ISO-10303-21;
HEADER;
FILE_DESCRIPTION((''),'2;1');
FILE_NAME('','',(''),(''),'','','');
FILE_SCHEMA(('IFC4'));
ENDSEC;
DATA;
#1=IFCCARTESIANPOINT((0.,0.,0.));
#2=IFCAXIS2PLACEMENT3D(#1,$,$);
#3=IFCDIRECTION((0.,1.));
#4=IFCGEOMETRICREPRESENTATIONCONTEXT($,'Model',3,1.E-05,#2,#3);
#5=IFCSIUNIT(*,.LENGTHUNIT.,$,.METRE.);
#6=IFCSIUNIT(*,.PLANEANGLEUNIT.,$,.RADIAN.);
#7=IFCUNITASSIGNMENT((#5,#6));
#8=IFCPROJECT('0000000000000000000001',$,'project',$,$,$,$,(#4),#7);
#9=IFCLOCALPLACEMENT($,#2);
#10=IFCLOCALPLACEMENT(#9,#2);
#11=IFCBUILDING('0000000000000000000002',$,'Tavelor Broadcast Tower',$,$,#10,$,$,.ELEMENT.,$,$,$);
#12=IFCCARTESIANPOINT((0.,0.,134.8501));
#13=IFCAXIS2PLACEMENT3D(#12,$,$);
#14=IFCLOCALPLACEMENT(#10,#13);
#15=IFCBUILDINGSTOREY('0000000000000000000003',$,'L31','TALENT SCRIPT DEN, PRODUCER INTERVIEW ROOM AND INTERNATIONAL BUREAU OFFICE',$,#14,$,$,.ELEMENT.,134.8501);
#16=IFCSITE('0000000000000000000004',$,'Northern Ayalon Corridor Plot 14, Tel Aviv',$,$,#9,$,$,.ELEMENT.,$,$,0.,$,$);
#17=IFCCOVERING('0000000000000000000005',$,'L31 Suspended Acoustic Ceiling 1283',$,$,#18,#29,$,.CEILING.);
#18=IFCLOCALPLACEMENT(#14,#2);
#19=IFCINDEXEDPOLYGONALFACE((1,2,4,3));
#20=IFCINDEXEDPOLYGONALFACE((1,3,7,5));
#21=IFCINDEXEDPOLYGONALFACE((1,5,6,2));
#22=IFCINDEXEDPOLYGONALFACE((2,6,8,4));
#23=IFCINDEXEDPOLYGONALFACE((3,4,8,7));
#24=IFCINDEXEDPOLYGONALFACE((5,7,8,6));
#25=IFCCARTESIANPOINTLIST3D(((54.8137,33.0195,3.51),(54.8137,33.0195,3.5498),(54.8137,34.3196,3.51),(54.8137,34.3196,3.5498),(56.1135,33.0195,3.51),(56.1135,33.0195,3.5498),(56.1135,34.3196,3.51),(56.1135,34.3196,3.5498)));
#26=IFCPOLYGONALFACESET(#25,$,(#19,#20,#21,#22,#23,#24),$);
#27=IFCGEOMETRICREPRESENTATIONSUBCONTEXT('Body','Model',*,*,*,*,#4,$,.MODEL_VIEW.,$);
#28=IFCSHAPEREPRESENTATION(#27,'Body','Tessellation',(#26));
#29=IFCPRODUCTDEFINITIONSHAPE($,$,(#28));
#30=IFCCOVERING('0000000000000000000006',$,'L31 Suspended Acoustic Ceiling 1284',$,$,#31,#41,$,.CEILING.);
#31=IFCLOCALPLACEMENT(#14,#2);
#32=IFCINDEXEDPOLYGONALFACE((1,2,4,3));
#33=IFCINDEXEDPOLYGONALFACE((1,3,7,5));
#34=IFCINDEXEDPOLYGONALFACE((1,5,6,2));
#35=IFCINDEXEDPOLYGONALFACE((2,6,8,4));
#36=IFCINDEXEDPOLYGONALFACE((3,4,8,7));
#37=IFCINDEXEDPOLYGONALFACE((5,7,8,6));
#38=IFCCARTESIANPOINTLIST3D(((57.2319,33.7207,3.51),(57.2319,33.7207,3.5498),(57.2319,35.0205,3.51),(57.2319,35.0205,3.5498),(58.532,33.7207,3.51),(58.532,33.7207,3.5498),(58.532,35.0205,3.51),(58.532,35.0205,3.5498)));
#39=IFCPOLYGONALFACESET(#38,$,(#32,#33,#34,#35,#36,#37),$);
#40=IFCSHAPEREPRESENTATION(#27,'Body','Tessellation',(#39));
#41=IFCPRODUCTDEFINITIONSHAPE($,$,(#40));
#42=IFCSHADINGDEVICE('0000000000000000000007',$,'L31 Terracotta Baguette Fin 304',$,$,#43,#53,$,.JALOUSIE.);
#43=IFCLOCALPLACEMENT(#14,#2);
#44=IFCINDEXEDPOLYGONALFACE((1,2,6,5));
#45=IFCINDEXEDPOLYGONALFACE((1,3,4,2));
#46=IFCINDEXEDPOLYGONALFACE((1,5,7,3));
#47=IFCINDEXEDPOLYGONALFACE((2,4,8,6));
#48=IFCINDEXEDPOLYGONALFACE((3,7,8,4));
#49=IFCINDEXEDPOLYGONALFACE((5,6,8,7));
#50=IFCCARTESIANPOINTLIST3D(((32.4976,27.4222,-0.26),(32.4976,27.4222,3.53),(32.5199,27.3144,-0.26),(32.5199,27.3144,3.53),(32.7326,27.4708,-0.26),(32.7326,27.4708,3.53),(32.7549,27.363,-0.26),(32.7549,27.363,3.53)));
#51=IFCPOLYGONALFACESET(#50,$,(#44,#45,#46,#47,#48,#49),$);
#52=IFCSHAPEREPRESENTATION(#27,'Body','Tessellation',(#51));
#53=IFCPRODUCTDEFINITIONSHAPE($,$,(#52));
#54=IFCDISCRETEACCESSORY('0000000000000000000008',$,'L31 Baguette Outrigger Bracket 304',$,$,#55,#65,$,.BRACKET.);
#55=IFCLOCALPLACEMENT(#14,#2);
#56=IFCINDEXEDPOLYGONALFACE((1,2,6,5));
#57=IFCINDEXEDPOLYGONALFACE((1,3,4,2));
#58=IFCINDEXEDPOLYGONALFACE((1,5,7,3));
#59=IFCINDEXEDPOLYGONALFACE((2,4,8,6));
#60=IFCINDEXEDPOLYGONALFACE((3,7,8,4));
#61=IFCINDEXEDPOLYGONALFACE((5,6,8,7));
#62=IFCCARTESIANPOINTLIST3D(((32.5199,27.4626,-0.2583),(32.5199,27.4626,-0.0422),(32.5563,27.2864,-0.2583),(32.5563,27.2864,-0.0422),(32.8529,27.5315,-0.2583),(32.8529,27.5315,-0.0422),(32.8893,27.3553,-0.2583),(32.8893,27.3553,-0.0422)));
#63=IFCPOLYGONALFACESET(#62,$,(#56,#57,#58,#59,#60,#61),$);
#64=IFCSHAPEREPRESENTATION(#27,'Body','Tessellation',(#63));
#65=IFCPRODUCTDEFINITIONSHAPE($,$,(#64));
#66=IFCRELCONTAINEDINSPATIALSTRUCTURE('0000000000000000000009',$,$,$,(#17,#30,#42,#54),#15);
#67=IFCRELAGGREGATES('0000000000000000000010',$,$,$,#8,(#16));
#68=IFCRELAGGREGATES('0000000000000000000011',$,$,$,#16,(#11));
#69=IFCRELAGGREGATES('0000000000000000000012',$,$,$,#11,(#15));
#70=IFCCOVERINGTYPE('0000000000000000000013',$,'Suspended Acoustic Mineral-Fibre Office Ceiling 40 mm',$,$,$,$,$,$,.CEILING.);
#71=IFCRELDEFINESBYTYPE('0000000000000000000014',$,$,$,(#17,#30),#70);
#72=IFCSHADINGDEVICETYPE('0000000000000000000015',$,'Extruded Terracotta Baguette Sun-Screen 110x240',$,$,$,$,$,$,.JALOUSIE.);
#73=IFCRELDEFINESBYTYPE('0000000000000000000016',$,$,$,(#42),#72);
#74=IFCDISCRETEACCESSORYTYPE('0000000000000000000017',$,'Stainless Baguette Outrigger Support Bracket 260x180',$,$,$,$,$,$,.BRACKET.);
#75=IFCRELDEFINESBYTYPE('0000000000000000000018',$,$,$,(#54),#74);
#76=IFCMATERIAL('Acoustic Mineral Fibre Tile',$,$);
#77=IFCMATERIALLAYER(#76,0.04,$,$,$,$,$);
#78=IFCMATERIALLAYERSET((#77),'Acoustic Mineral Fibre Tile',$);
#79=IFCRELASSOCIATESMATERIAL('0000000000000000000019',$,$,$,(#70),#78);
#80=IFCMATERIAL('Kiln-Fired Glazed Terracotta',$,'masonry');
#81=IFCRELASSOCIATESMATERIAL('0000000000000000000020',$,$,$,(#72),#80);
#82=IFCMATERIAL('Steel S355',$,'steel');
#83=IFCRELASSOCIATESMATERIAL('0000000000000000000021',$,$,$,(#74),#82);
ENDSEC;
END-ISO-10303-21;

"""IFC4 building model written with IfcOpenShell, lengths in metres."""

from ifc_helpers import new_model, si_unit, direction, frame, origin, origin_2d, place, context, subcontext, project, spatial, polyline, rectangle, outline, extrude, source, transform, mapped, material, layer, layer_set, type_object, type_shapes, element, save


model = new_model("IFC4")

# Units and contexts
model_context = context("Model", 3, precision=1e-05, world=origin(), true_north=direction((0.0, 1.0)))
body_context = subcontext(model_context, "Body", "Model", "MODEL_VIEW")
ifc_project = project(units=[si_unit("LENGTHUNIT", "METRE"), si_unit("PLANEANGLEUNIT", "RADIAN")], contexts=[model_context])

# Site, building, storey
site_placement = place(None, origin())
site = spatial("IfcSite", under=ifc_project, at=site_placement, Name="Northern Ayalon Corridor Plot 14, Tel Aviv", CompositionType="ELEMENT", RefElevation=0.0)
building_placement = place(site_placement, origin())
building = spatial("IfcBuilding", under=site, at=building_placement, Name="Tavelor Broadcast Tower", CompositionType="ELEMENT")
storey_placement = place(building_placement, frame((0.0, 0.0, 134.8501)))
storey = spatial("IfcBuildingStorey", under=building, at=storey_placement, Name="L31", Description="TALENT SCRIPT DEN, PRODUCER INTERVIEW ROOM AND INTERNATIONAL BUREAU OFFICE", CompositionType="ELEMENT", Elevation=134.8501)

# Shared definitions
ifc_material_1 = material(Name="Steel S355", Category="steel")

# Coverings
ifc_material_2 = material(Name="Acoustic Mineral Fibre Tile")
ifc_layer_1 = layer(ifc_material_2, 0.04)
ifc_layer_set_1 = layer_set([ifc_layer_1], Name="Acoustic Mineral Fibre Tile")
covering_type_1 = type_object("IfcCoveringType", Name="Suspended Acoustic Mineral-Fibre Office Ceiling 40 mm", PredefinedType="CEILING", material=ifc_layer_set_1)
covering_1_placement = place(storey_placement, frame((0.0, 0.0, 3.51)))
element("IfcCovering", 1, at=covering_1_placement, inside=storey, type_object=covering_type_1, Name="L31 Suspended Acoustic Ceiling 1283", PredefinedType="CEILING", context=body_context, shape_type="SweptSolid", body=[
    extrude(outline(polyline([(54.8137, 33.0195), (56.1135, 33.0195), (56.1135, 34.3196), (54.8137, 34.3196), (54.8137, 33.0195)])), origin(), (0.0, 0.0, 1.0), 0.0398),
])
covering_2_placement = place(storey_placement, frame((0.0, 0.0, 3.51)))
element("IfcCovering", 2, at=covering_2_placement, inside=storey, type_object=covering_type_1, Name="L31 Suspended Acoustic Ceiling 1284", PredefinedType="CEILING", context=body_context, shape_type="SweptSolid", body=[
    extrude(outline(polyline([(57.2319, 33.7207), (58.532, 33.7207), (58.532, 35.0205), (57.2319, 35.0205), (57.2319, 33.7207)])), origin(), (0.0, 0.0, 1.0), 0.0398),
])

# Shading device
ifc_material_3 = material(Name="Kiln-Fired Glazed Terracotta", Category="masonry")
shading_device_type = type_object("IfcShadingDeviceType", Name="Extruded Terracotta Baguette Sun-Screen 110x240", PredefinedType="JALOUSIE", material=ifc_material_3)
shared_shape_1 = source(origin(), body_context, "Body", "SweptSolid", [
    extrude(rectangle(XDim=0.1101, YDim=0.24, at=origin_2d()), origin(), (0.0, 0.0, 1.0), 3.79),
])
type_shapes(shading_device_type, [shared_shape_1])
shading_device_placement = place(storey_placement, frame((32.6262, 27.3926, -0.26), z_axis=(0.0, 0.0, 1.0), x_axis=(0.202445, -0.979294, 0.0)))
element("IfcShadingDevice", 3, at=shading_device_placement, inside=storey, type_object=shading_device_type, Name="L31 Terracotta Baguette Fin 304", PredefinedType="JALOUSIE", context=body_context, shape_type="MappedRepresentation", body=[
    mapped(shared_shape_1, transform((0.0, 0.0, 0.0), scale=1.0)),
])

# Discrete accessory
discrete_accessory_type = type_object("IfcDiscreteAccessoryType", Name="Stainless Baguette Outrigger Support Bracket 260x180", PredefinedType="BRACKET", material=ifc_material_1)
shared_shape_2 = source(origin(), body_context, "Body", "SweptSolid", [
    extrude(rectangle(XDim=0.1799, YDim=0.3401, at=origin_2d()), origin(), (0.0, 0.0, 1.0), 0.2161),
])
type_shapes(discrete_accessory_type, [shared_shape_2])
discrete_accessory_placement = place(storey_placement, frame((32.7046, 27.4089, -0.2583), z_axis=(0.0, 0.0, 1.0), x_axis=(0.202445, -0.979294, 0.0)))
element("IfcDiscreteAccessory", 4, at=discrete_accessory_placement, inside=storey, type_object=discrete_accessory_type, Name="L31 Baguette Outrigger Bracket 304", PredefinedType="BRACKET", context=body_context, shape_type="MappedRepresentation", body=[
    mapped(shared_shape_2, transform((0.0, 0.0, 0.0), scale=1.0)),
])

save(model, "model.ifc")
